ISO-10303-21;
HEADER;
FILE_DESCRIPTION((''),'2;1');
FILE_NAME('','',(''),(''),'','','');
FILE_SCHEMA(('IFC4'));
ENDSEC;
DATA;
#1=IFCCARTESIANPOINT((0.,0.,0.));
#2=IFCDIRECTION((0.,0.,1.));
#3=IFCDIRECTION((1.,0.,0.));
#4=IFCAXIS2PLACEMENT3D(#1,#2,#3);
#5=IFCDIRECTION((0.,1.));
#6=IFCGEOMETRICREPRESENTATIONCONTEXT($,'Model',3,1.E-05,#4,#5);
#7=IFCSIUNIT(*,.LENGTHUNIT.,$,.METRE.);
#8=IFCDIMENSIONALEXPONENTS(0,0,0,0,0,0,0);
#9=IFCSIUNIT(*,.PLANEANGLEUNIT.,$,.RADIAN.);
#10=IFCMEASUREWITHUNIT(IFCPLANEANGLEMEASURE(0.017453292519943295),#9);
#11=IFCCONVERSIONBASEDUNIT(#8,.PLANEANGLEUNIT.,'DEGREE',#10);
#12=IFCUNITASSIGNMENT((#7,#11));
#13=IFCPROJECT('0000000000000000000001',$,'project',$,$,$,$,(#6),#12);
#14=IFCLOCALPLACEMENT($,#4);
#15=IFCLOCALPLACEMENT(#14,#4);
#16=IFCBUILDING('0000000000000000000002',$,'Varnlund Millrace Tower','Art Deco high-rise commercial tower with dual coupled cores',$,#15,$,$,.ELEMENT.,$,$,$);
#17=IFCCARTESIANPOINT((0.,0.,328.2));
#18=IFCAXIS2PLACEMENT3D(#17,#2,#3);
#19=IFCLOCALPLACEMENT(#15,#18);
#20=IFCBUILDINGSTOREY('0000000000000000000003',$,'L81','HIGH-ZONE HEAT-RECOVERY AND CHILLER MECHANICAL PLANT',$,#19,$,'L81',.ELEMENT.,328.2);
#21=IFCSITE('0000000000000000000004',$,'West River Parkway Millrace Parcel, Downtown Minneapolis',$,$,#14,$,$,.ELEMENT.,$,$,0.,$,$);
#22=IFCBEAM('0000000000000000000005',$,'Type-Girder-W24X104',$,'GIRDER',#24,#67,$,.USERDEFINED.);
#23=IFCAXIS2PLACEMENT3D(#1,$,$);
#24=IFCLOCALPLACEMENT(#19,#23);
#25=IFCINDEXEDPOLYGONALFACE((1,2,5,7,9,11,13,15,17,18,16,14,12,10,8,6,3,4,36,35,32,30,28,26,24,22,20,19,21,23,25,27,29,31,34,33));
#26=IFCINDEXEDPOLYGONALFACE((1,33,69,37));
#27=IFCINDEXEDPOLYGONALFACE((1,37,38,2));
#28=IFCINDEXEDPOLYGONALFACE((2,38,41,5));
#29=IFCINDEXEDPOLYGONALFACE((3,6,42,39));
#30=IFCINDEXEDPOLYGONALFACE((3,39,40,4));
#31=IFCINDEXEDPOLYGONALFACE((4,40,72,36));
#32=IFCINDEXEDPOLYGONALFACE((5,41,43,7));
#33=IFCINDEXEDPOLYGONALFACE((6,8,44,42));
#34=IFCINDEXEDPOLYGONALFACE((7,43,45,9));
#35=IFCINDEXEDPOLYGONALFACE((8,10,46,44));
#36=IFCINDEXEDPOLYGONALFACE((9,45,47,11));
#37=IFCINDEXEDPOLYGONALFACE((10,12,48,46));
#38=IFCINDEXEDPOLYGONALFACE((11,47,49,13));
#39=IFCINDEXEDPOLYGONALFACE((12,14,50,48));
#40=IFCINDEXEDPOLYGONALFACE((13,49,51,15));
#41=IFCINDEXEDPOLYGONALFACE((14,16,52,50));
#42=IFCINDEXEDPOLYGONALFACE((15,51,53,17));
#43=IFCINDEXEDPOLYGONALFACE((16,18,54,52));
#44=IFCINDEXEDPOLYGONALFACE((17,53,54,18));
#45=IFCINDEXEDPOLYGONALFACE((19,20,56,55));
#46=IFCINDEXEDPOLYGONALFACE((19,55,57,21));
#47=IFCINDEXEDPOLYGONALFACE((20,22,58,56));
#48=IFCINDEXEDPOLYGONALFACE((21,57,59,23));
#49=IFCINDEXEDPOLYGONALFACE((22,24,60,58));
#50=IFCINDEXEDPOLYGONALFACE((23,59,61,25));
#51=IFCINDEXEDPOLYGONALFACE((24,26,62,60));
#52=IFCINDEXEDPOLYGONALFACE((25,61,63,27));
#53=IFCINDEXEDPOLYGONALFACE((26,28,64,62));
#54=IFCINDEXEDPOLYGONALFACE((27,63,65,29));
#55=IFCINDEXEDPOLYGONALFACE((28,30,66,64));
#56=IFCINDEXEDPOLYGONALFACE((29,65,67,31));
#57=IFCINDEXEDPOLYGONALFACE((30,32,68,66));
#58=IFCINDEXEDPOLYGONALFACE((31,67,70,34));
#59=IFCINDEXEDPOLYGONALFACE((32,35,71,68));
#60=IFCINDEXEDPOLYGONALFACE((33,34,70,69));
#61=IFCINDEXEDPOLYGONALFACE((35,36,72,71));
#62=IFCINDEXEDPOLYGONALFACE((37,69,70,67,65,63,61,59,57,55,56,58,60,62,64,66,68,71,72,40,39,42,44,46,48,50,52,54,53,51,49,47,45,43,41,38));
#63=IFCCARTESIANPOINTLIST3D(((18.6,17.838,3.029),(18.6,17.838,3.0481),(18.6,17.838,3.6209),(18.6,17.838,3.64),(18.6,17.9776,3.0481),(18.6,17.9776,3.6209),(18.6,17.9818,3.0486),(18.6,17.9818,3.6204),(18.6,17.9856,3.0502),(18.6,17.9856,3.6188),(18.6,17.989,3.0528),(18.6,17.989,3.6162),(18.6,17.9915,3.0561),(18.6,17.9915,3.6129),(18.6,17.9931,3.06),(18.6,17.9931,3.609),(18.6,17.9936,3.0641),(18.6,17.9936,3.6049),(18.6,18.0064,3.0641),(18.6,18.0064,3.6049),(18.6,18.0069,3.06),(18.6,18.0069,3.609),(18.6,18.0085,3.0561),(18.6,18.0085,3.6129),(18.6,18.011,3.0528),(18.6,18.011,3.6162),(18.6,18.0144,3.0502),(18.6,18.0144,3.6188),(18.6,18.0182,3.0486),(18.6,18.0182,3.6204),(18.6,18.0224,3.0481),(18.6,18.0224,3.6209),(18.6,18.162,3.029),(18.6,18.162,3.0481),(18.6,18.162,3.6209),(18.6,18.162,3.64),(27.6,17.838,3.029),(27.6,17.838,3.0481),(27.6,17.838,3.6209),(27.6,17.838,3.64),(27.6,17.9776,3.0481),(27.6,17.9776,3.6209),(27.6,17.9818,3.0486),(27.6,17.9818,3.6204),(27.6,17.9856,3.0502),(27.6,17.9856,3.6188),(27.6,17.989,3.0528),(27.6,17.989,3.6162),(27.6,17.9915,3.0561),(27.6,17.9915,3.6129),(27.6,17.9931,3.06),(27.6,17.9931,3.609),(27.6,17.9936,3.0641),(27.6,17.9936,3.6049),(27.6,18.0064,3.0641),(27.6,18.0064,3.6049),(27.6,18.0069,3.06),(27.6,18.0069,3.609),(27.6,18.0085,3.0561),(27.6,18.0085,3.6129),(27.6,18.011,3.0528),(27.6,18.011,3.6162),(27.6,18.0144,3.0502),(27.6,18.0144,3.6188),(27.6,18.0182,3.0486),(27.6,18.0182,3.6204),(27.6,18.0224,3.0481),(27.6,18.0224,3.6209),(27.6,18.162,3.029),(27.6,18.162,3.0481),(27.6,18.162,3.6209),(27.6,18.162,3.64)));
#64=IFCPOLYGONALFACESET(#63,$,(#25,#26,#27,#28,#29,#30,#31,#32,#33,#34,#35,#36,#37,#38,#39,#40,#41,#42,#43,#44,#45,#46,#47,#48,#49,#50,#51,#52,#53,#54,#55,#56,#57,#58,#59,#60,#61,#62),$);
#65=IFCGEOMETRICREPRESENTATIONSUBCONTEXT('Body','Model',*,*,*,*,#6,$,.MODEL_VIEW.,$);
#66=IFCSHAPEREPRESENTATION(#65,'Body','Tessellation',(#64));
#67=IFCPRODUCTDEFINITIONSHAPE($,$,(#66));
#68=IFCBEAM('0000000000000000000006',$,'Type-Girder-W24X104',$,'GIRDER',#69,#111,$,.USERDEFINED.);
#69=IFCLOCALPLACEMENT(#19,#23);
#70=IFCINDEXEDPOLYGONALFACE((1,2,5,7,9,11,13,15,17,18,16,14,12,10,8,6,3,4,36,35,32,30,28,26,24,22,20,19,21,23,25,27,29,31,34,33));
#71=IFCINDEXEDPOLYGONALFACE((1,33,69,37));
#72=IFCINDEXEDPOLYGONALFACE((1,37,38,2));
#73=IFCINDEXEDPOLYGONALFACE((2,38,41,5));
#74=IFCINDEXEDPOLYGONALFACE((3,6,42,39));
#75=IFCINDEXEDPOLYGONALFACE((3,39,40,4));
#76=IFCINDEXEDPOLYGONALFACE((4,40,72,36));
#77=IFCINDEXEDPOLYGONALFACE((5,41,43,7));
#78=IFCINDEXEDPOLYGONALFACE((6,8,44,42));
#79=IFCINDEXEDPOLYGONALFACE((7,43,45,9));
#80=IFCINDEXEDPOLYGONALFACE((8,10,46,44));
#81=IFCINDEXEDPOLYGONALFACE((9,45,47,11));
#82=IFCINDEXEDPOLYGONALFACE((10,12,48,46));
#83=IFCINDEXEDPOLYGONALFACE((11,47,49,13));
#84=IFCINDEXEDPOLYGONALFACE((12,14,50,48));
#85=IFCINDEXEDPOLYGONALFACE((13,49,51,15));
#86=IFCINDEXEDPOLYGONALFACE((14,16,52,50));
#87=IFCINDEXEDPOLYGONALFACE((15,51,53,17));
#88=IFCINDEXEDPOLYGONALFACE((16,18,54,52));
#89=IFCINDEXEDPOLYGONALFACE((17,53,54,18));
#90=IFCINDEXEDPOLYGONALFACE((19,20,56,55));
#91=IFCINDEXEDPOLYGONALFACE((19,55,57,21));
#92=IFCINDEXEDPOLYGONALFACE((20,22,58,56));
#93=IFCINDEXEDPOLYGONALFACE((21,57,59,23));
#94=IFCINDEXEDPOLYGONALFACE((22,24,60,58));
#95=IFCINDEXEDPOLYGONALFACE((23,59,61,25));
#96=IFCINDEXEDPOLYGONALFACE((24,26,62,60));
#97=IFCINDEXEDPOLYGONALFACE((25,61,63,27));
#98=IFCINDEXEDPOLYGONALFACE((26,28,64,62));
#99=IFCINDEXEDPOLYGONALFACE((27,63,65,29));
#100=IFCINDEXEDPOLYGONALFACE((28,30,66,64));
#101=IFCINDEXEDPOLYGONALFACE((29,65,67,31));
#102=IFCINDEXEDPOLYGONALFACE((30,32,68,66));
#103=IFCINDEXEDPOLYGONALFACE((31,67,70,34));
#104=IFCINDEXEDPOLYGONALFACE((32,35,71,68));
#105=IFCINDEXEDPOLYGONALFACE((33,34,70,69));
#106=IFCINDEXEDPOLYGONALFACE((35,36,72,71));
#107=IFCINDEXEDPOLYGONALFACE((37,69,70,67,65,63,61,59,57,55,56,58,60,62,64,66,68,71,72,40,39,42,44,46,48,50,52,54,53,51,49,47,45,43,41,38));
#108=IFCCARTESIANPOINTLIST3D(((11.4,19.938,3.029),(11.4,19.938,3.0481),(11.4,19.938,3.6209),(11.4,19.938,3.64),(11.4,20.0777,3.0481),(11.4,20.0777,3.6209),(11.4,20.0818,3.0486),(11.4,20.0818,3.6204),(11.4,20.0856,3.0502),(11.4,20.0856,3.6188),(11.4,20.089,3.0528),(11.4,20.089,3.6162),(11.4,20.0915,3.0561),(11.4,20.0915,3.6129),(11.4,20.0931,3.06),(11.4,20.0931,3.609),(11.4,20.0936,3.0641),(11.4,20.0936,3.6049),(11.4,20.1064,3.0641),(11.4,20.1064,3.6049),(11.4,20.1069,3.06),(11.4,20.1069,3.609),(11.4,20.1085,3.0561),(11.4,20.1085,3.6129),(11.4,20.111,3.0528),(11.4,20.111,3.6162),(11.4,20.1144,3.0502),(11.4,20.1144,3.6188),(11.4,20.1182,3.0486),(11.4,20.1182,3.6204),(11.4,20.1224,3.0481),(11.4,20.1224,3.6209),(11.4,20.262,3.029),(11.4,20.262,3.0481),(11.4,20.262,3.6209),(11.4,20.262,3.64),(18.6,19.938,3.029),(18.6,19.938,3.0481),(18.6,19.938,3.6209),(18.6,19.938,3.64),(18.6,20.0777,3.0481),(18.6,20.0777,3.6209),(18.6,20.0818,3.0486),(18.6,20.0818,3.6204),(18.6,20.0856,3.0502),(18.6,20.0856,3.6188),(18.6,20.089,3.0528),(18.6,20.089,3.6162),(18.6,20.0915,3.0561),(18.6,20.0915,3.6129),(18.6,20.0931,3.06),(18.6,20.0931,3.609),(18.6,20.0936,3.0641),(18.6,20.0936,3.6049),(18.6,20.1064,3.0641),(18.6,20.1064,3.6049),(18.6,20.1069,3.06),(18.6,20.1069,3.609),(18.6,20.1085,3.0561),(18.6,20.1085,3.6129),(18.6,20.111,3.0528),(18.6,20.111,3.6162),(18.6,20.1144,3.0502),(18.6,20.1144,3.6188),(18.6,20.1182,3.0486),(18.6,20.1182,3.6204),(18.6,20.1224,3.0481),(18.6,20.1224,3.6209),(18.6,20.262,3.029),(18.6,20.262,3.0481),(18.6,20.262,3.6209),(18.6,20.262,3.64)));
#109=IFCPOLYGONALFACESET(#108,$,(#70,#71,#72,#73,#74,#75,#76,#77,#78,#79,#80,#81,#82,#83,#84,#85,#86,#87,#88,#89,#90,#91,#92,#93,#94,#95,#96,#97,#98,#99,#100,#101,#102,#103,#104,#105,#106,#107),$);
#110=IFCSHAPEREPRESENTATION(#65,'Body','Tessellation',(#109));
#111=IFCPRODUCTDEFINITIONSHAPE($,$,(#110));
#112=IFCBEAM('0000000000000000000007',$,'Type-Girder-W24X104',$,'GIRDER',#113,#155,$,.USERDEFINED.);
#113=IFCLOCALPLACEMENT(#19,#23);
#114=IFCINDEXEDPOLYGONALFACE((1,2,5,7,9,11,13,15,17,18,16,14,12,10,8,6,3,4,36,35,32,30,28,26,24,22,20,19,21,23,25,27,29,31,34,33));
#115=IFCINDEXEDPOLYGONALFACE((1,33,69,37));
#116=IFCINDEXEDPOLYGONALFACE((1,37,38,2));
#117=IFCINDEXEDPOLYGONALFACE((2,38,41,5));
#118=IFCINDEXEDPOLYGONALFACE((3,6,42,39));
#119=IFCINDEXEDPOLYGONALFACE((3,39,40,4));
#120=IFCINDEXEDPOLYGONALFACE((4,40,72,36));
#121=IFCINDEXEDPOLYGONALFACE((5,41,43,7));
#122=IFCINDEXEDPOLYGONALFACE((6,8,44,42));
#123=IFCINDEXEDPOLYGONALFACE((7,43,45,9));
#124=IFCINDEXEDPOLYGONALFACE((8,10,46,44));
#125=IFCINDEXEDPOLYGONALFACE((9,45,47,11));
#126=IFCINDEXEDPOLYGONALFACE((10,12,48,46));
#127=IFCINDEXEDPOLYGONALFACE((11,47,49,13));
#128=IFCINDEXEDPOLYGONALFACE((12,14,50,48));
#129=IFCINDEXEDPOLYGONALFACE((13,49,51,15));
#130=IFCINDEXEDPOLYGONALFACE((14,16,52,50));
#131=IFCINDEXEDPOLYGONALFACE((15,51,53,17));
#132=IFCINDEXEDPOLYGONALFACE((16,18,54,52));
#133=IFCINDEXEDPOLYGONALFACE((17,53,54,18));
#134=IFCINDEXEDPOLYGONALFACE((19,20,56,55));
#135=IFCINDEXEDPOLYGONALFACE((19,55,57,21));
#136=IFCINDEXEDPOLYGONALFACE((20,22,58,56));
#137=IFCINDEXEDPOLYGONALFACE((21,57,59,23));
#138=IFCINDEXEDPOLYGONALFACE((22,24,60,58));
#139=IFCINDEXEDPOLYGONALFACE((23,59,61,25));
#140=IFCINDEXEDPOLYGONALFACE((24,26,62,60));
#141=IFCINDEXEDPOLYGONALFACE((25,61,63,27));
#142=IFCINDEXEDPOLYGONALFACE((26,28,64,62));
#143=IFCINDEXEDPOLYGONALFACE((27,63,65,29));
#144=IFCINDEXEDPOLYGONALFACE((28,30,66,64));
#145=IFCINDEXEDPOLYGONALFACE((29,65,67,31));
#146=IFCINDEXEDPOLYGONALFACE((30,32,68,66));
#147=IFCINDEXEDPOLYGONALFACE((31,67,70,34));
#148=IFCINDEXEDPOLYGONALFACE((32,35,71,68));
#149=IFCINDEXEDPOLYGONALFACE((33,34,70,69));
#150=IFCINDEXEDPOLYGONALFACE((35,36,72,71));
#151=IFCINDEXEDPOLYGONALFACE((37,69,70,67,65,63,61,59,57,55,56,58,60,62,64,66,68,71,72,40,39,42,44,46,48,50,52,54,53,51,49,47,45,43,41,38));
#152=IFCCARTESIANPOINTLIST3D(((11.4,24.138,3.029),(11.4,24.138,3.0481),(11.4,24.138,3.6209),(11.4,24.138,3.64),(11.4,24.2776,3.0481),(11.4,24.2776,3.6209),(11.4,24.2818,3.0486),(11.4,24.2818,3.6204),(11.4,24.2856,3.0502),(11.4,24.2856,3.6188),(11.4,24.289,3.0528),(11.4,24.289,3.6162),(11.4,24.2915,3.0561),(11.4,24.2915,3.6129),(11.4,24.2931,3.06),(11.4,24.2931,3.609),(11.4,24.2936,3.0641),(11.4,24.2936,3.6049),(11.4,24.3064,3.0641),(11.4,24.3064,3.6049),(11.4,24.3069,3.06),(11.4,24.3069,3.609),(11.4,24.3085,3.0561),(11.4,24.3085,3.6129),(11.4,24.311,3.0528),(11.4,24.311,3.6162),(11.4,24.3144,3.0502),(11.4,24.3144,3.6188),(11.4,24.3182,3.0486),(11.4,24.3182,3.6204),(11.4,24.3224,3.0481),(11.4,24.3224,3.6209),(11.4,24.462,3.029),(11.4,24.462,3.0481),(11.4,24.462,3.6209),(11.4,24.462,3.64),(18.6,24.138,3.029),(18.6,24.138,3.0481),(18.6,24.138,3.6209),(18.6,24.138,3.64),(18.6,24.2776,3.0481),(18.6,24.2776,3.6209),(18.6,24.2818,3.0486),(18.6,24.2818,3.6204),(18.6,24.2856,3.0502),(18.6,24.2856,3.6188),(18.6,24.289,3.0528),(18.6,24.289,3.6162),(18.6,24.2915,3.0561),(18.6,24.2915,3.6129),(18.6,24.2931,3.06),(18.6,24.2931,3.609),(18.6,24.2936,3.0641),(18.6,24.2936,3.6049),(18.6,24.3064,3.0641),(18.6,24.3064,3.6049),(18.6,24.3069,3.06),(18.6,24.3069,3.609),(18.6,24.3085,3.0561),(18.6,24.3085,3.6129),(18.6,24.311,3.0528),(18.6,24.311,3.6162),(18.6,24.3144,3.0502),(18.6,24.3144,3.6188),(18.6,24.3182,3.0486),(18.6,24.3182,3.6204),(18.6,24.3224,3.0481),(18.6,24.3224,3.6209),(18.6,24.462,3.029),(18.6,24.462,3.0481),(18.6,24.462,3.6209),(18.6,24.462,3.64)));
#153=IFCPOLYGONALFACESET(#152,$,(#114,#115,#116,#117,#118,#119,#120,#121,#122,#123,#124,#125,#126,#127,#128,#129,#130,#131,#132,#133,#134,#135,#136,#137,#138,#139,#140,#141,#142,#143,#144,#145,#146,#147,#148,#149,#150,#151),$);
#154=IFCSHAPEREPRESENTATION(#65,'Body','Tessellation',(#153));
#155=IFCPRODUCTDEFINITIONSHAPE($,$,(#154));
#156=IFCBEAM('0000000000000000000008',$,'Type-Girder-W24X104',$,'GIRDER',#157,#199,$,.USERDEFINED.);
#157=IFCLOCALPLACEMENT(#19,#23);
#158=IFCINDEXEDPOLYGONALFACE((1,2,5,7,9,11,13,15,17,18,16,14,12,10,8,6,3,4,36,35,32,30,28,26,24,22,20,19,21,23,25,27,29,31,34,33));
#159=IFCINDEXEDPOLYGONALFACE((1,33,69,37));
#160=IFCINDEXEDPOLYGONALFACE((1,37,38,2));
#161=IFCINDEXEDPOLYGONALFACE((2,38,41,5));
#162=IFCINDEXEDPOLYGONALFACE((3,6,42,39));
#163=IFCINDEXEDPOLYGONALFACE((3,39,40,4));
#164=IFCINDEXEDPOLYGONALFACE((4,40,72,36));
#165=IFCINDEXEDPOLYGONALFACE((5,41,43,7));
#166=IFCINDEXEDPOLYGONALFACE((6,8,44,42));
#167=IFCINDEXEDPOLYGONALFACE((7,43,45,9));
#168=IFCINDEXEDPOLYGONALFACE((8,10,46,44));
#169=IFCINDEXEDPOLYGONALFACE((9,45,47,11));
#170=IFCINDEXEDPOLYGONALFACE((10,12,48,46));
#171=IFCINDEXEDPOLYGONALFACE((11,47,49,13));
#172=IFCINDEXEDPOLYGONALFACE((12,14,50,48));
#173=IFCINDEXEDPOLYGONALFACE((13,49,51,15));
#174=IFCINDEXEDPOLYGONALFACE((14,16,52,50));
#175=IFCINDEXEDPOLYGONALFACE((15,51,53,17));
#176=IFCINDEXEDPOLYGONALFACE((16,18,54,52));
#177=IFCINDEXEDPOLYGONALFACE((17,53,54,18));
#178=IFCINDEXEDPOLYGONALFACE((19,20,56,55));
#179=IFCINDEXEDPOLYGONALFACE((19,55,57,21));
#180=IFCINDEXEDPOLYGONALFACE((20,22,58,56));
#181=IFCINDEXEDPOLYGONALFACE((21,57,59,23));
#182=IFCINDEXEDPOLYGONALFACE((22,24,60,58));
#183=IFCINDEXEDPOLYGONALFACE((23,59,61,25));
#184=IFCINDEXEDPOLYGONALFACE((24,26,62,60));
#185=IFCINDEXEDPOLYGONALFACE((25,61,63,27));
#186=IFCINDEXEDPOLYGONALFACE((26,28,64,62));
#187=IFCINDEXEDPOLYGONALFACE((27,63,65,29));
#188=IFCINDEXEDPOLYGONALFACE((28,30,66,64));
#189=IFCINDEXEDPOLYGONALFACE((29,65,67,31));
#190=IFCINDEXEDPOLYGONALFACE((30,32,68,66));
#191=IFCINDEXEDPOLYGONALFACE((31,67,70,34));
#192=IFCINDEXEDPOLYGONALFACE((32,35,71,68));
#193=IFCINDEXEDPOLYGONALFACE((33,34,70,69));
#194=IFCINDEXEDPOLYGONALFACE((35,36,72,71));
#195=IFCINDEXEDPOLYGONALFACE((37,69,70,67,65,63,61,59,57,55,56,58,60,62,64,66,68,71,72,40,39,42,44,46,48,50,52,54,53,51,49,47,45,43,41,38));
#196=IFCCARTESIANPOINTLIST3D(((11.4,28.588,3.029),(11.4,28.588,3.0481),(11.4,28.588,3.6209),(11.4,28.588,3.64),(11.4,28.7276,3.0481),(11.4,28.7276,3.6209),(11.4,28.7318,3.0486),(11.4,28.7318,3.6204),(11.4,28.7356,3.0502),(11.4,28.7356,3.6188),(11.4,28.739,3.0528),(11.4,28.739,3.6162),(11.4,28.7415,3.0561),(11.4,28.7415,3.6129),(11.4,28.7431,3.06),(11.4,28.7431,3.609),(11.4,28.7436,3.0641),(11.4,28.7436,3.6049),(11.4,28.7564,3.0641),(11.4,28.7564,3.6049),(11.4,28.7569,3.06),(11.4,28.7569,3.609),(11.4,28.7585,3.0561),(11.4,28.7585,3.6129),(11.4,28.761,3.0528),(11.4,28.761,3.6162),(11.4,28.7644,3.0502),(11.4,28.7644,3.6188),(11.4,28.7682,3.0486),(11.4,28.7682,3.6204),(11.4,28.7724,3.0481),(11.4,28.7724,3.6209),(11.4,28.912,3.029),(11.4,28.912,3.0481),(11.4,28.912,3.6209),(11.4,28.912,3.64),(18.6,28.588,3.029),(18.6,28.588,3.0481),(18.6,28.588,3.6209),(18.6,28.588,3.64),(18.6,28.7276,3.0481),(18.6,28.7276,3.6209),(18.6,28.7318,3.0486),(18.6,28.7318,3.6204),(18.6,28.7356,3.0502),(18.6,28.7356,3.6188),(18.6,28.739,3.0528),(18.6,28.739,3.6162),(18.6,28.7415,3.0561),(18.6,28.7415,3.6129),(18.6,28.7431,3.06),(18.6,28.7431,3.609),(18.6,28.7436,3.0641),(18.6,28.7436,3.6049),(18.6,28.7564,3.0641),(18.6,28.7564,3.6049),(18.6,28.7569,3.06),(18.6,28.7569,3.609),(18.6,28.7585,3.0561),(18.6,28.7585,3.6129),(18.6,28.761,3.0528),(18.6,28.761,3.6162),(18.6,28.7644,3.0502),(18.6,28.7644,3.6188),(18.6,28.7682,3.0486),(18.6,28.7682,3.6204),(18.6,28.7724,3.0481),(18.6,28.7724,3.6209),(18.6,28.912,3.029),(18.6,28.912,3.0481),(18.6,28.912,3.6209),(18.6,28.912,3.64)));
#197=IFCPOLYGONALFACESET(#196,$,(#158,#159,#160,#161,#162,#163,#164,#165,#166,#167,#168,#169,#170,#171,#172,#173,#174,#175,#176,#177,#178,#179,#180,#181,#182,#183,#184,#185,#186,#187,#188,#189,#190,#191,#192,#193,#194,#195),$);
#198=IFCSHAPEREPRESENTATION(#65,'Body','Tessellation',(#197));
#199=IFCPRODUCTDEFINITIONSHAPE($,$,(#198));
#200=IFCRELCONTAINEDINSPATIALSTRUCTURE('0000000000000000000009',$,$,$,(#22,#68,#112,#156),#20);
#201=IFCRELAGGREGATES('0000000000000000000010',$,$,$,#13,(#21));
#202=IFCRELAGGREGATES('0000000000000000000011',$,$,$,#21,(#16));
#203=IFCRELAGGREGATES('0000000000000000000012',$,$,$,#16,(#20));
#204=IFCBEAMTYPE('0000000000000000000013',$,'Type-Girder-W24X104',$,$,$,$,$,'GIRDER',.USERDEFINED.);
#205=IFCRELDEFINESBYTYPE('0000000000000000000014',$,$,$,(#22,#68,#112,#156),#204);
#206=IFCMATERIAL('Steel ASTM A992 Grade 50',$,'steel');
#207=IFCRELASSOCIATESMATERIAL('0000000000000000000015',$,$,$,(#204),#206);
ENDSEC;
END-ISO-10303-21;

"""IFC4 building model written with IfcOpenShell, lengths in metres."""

from ifc_helpers import new_model, entity, si_unit, converted_unit, direction, frame, origin_with_axes, origin_2d_with_axis, place, context, subcontext, project, spatial, i_section, extrude, material, material_profile, profile_set, type_object, element, save


model = new_model("IFC4")

# Units and contexts
model_context = context("Model", 3, precision=1e-05, world=origin_with_axes(), true_north=direction((0.0, 1.0)))
body_context = subcontext(model_context, "Body", "Model", "MODEL_VIEW")
ifc_project = project(units=[si_unit("LENGTHUNIT", "METRE"), converted_unit("PLANEANGLEUNIT", "DEGREE", entity("IfcPlaneAngleMeasure", 0.017453292519943295), si_unit("PLANEANGLEUNIT", "RADIAN"), dimensions=[0, 0, 0, 0, 0, 0, 0])], contexts=[model_context])

# Site, building, storey
site_placement = place(None, origin_with_axes())
site = spatial("IfcSite", under=ifc_project, at=site_placement, Name="West River Parkway Millrace Parcel, Downtown Minneapolis", CompositionType="ELEMENT", RefElevation=0.0)
building_placement = place(site_placement, origin_with_axes())
building = spatial("IfcBuilding", under=site, at=building_placement, Name="Varnlund Millrace Tower", Description="Art Deco high-rise commercial tower with dual coupled cores", CompositionType="ELEMENT")
storey_placement = place(building_placement, frame((0.0, 0.0, 328.2), z_axis=(0.0, 0.0, 1.0), x_axis=(1.0, 0.0, 0.0)))
storey = spatial("IfcBuildingStorey", under=building, at=storey_placement, Name="L81", Description="HIGH-ZONE HEAT-RECOVERY AND CHILLER MECHANICAL PLANT", LongName="L81", CompositionType="ELEMENT", Elevation=328.2)

# Shared definitions
ifc_material_1 = material(Name="Steel ASTM A992 Grade 50", Category="steel")

# Beams
ifc_material_profile_1 = material_profile(ifc_material_1, i_section(OverallWidth=0.324, OverallDepth=0.611, WebThickness=0.0127, FlangeThickness=0.0191, FilletRadius=0.016, at=origin_2d_with_axis()), Name="Steel ASTM A992 Grade 50")
ifc_profile_set_1 = profile_set([ifc_material_profile_1], Name="Steel ASTM A992 Grade 50")
beam_type_1 = type_object("IfcBeamType", Name="Type-Girder-W24X104", ElementType="GIRDER", PredefinedType="USERDEFINED", material=ifc_profile_set_1)
for number, where, z_axis, x_axis, name in (
    (1, (18.6, 18.0, 3.3345), (1.0, 0.0, 0.0), (0.0, 1.0, 0.0), "Type-Girder-W24X104"),
):
    element("IfcBeam", number, at=place(storey_placement, frame(where, z_axis=z_axis, x_axis=x_axis)), inside=storey, type_object=beam_type_1, Name=name, ObjectType="GIRDER", PredefinedType="USERDEFINED", context=body_context, shape_type="SweptSolid", body=[
        extrude(i_section(OverallWidth=0.324, OverallDepth=0.611, WebThickness=0.0127, FlangeThickness=0.0191, FilletRadius=0.016, at=origin_2d_with_axis()), origin_with_axes(), (0.0, 0.0, 1.0), 9.0),
    ])
for number, where, z_axis, x_axis, name in (
    (2, (11.4, 20.1, 3.3345), (1.0, 0.0, 0.0), (0.0, 1.0, 0.0), "Type-Girder-W24X104"),
    (3, (11.4, 24.3, 3.3345), (1.0, 0.0, 0.0), (0.0, 1.0, 0.0), "Type-Girder-W24X104"),
    (4, (11.4, 28.75, 3.3345), (1.0, 0.0, 0.0), (0.0, 1.0, 0.0), "Type-Girder-W24X104"),
):
    element("IfcBeam", number, at=place(storey_placement, frame(where, z_axis=z_axis, x_axis=x_axis)), inside=storey, type_object=beam_type_1, Name=name, ObjectType="GIRDER", PredefinedType="USERDEFINED", context=body_context, shape_type="SweptSolid", body=[
        extrude(i_section(OverallWidth=0.324, OverallDepth=0.611, WebThickness=0.0127, FlangeThickness=0.0191, FilletRadius=0.016, at=origin_2d_with_axis()), origin_with_axes(), (0.0, 0.0, 1.0), 7.2),
    ])

save(model, "model.ifc")
